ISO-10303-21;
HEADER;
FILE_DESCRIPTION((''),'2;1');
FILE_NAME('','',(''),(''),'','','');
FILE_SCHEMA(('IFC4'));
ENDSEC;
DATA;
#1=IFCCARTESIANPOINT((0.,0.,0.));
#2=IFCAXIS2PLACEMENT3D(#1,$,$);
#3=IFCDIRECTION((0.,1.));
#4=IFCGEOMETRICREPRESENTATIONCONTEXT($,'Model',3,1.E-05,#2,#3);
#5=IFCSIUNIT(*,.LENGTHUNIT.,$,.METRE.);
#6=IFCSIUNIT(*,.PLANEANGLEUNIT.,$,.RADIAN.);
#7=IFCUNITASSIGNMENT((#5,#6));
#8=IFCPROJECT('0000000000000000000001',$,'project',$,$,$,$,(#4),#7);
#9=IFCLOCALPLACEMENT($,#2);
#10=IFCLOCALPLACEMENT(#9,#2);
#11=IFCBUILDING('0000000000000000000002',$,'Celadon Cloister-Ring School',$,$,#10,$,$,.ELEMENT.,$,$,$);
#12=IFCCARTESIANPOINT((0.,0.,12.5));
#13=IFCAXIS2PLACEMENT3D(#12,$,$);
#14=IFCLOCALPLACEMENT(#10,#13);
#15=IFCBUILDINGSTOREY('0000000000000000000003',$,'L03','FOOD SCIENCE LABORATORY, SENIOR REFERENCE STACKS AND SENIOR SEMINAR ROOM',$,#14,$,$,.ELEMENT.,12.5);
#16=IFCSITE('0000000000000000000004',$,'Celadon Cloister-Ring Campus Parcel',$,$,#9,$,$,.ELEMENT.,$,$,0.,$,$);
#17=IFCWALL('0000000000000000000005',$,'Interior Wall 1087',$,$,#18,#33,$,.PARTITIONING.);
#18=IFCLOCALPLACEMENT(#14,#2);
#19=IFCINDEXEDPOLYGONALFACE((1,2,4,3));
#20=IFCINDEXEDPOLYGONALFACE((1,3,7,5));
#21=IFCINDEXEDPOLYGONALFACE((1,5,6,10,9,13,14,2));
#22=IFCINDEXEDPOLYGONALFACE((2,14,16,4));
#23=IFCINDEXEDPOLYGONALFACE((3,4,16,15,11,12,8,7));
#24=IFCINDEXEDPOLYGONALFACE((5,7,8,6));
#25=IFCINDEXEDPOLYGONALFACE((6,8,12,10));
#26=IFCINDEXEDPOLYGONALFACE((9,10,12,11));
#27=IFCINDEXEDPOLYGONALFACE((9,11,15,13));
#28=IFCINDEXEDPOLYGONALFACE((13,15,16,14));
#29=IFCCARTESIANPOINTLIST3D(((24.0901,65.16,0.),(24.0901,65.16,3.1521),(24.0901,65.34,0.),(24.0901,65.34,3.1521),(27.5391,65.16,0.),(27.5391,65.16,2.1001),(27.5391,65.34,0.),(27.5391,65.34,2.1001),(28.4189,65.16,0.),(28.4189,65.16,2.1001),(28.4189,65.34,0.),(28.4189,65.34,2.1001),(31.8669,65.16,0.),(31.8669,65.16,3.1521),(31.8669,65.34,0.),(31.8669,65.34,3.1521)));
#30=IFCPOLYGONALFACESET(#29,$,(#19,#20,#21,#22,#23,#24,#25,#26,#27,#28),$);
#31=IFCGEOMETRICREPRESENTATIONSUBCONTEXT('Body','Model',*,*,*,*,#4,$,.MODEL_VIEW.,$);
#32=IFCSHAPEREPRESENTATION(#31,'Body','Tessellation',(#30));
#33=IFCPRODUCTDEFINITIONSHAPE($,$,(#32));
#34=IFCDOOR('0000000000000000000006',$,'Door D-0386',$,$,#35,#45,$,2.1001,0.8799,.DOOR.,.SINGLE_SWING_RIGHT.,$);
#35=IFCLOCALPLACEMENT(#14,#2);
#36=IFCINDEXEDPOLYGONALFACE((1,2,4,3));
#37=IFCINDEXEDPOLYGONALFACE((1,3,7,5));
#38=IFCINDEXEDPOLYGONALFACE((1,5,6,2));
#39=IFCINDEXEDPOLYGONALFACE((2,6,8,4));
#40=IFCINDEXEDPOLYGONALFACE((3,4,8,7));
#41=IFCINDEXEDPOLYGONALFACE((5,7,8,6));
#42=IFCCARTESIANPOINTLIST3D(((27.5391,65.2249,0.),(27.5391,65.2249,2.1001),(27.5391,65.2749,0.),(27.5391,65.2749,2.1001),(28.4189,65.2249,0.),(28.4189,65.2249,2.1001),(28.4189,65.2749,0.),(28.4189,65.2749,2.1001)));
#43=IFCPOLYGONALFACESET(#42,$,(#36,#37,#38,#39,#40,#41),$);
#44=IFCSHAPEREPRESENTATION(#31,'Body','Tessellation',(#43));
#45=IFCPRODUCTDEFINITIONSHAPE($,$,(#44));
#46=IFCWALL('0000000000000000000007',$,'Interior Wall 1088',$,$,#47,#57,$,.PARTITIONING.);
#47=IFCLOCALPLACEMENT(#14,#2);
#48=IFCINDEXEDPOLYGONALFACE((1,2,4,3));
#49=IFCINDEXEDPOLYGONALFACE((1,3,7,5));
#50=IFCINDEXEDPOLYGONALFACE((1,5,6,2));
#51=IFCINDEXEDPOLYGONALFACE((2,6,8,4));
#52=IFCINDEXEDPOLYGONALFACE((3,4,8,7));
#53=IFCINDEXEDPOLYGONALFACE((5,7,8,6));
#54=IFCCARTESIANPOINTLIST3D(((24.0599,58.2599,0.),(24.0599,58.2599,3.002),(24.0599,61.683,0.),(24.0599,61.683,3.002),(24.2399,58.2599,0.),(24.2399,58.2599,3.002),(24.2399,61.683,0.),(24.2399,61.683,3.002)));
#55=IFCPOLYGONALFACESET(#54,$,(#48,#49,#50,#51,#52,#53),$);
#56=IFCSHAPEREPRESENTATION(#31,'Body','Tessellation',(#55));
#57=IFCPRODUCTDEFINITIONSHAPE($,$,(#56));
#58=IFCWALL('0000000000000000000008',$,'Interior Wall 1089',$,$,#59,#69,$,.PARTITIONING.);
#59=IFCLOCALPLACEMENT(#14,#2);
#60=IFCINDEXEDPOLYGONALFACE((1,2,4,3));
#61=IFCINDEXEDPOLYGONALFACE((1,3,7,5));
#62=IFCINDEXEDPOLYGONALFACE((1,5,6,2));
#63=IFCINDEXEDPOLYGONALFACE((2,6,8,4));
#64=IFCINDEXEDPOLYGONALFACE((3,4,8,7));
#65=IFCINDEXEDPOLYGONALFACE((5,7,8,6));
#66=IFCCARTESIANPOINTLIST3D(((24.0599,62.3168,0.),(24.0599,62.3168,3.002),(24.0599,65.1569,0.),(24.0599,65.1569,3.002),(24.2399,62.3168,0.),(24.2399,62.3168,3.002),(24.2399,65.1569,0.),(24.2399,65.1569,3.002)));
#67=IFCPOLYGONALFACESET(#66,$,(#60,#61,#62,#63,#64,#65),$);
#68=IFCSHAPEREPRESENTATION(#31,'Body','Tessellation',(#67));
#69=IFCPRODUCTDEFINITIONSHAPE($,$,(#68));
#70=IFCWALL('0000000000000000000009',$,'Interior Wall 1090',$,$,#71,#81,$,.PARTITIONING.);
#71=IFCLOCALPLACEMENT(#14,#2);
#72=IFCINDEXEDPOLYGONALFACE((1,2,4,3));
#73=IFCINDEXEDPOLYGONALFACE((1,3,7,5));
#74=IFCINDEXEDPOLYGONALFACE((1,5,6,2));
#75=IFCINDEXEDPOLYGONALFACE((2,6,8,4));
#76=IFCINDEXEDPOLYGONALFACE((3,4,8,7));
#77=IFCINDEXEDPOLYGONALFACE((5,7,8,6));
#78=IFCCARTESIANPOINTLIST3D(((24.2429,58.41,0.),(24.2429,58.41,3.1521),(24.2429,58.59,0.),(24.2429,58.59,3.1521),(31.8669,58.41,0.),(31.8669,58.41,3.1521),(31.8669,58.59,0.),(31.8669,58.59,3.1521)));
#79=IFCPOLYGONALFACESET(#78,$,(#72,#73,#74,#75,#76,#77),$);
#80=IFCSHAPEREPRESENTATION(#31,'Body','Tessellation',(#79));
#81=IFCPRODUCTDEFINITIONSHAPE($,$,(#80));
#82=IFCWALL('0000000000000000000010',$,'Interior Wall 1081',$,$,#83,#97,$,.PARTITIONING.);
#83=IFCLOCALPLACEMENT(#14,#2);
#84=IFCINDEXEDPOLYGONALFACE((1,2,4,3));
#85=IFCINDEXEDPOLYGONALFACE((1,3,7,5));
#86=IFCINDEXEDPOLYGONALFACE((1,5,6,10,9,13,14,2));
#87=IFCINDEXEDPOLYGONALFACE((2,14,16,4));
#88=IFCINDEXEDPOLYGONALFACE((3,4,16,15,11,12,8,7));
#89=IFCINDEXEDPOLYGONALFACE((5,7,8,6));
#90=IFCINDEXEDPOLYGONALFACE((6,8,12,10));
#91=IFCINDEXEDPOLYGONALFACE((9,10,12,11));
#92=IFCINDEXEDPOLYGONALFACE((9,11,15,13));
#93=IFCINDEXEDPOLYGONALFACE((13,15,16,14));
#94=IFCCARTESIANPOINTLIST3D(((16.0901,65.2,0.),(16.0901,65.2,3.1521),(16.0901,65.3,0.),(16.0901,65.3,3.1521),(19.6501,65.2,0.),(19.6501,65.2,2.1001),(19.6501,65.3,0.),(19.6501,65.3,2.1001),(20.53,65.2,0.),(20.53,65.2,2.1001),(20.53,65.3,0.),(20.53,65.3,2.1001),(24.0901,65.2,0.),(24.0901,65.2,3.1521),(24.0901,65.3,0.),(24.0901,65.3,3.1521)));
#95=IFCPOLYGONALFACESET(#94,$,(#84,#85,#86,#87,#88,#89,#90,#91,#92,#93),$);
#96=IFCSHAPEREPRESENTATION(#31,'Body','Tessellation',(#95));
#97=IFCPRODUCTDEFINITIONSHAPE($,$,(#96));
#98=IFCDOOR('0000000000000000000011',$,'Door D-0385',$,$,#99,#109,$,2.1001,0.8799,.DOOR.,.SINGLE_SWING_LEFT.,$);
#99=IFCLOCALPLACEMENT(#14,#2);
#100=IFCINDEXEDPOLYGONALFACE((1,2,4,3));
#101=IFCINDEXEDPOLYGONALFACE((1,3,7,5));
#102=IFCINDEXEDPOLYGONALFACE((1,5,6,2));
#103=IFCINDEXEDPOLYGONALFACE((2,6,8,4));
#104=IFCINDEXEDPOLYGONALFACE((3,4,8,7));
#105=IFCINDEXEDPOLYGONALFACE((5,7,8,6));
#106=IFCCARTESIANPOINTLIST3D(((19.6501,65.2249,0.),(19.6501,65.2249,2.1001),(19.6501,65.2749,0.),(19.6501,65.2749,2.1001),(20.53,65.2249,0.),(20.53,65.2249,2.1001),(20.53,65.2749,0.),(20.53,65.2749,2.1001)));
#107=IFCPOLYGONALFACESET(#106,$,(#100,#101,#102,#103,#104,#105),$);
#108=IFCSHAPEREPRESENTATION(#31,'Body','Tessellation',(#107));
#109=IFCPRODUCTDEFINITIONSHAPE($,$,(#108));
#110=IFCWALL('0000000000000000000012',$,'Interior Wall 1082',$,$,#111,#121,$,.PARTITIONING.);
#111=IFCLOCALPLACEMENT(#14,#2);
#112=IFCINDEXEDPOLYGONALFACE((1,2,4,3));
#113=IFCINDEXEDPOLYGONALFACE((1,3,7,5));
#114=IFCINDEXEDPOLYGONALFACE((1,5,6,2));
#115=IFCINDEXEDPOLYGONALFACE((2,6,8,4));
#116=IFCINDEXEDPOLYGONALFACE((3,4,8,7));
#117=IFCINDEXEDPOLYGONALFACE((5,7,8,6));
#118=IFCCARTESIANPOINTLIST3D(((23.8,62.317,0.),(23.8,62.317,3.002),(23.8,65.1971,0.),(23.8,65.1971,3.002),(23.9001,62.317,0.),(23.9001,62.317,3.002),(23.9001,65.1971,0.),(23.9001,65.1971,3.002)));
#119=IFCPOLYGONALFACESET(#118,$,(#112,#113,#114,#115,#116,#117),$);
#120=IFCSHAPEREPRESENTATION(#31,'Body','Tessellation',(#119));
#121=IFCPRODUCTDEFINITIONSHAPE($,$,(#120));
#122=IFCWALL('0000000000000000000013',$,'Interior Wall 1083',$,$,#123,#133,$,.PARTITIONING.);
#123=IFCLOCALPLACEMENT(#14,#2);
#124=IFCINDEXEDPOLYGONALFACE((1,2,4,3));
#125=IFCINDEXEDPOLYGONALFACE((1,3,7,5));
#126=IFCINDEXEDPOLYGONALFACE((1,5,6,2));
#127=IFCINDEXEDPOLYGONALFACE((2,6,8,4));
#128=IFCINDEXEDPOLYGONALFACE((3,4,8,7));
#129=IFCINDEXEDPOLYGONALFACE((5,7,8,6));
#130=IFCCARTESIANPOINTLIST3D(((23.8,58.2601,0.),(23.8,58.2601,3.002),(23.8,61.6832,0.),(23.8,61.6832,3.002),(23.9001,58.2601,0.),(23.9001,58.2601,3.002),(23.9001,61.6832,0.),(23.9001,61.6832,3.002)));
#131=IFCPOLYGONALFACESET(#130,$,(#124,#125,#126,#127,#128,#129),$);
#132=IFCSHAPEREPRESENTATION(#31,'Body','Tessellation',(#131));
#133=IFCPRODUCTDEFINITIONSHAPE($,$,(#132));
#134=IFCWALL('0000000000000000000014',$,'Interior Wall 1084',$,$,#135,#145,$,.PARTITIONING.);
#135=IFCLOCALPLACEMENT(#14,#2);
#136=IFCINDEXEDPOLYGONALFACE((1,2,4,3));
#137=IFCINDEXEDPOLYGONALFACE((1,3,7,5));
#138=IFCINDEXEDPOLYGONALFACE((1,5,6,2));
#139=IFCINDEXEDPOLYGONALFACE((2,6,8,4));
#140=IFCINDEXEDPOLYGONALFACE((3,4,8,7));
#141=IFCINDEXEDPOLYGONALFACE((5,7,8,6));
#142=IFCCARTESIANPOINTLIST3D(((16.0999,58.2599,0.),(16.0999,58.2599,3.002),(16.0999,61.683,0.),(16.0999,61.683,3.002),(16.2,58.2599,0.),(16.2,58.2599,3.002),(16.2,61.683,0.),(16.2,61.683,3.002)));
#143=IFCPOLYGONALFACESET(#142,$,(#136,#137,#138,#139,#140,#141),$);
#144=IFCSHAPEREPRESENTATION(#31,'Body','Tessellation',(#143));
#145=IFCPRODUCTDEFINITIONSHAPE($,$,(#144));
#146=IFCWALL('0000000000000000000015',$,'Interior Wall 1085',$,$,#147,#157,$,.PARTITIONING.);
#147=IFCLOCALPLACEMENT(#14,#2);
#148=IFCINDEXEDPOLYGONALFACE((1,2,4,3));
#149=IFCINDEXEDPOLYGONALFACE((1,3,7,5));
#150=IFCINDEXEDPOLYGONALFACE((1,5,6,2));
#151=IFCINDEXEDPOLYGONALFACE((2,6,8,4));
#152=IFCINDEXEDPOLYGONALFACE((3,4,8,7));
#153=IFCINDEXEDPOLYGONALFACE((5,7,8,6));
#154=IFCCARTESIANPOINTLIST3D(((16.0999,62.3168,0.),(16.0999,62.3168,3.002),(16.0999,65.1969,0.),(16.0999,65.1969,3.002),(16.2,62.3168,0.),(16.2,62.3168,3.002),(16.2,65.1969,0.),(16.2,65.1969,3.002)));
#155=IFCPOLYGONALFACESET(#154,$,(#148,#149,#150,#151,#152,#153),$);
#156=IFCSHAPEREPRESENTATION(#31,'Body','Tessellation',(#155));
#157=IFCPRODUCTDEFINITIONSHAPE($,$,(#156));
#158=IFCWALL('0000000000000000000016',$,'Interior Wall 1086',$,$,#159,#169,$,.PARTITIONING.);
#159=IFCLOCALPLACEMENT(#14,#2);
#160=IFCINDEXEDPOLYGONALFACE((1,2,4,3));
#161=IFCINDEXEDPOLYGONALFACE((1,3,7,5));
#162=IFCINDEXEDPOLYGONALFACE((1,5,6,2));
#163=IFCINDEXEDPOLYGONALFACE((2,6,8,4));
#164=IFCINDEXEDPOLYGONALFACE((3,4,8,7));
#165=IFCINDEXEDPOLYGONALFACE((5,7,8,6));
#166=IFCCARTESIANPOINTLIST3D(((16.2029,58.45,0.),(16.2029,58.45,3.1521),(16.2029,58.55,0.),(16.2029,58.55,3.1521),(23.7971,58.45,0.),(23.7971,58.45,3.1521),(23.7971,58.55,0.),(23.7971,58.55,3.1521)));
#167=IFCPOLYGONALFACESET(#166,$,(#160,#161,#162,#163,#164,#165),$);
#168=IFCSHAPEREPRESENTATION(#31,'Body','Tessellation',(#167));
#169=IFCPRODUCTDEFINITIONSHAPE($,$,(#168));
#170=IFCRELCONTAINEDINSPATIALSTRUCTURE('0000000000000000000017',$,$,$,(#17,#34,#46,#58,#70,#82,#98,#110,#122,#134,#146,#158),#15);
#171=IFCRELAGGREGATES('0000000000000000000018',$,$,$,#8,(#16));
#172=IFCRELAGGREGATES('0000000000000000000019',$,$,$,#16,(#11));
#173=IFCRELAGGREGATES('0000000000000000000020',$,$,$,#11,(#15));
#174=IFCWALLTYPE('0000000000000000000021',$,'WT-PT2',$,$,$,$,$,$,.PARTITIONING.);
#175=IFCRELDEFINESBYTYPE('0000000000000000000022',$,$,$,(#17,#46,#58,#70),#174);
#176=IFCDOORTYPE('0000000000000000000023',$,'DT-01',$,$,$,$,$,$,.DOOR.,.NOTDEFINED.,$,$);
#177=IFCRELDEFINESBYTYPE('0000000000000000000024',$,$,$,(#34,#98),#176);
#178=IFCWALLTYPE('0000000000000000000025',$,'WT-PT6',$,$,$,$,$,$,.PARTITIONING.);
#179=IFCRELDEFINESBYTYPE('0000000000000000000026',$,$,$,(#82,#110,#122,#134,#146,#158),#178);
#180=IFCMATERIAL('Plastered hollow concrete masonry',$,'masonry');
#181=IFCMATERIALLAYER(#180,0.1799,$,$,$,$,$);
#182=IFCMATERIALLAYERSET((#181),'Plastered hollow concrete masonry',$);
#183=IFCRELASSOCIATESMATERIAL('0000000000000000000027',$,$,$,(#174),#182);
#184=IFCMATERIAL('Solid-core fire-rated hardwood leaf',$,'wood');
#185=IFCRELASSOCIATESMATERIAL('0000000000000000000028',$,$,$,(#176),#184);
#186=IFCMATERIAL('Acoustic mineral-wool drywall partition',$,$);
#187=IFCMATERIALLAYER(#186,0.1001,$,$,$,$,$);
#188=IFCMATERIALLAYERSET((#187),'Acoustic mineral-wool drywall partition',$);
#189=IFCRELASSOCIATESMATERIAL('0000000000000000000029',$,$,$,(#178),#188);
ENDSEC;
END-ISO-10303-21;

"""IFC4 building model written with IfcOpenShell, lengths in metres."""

from ifc_helpers import new_model, si_unit, direction, frame, frame_2d, origin, place, context, subcontext, project, spatial, rectangle, extrude, material, layer, layer_set, type_object, element, fill, save


model = new_model("IFC4")

# Units and contexts
model_context = context("Model", 3, precision=1e-05, world=origin(), true_north=direction((0.0, 1.0)))
body_context = subcontext(model_context, "Body", "Model", "MODEL_VIEW")
ifc_project = project(units=[si_unit("LENGTHUNIT", "METRE"), si_unit("PLANEANGLEUNIT", "RADIAN")], contexts=[model_context])

# Site, building, storey
site_placement = place(None, origin())
site = spatial("IfcSite", under=ifc_project, at=site_placement, Name="Celadon Cloister-Ring Campus Parcel", CompositionType="ELEMENT", RefElevation=0.0)
building_placement = place(site_placement, origin())
building = spatial("IfcBuilding", under=site, at=building_placement, Name="Celadon Cloister-Ring School", CompositionType="ELEMENT")
storey_placement = place(building_placement, frame((0.0, 0.0, 12.5)))
storey = spatial("IfcBuildingStorey", under=building, at=storey_placement, Name="L03", Description="FOOD SCIENCE LABORATORY, SENIOR REFERENCE STACKS AND SENIOR SEMINAR ROOM", CompositionType="ELEMENT", Elevation=12.5)

# Wall, opening, door
ifc_material_1 = material(Name="Plastered hollow concrete masonry", Category="masonry")
ifc_layer_1 = layer(ifc_material_1, 0.1799)
ifc_layer_set_1 = layer_set([ifc_layer_1], Name="Plastered hollow concrete masonry")
wall_type_1 = type_object("IfcWallType", Name="WT-PT2", PredefinedType="PARTITIONING", material=ifc_layer_set_1)
wall_1_placement = place(storey_placement, frame((24.0901, 65.25, 0.0), z_axis=(0.0, 0.0, 1.0), x_axis=(1.0, 0.0, 0.0)))
wall_1 = element("IfcWall", 1, at=wall_1_placement, inside=storey, type_object=wall_type_1, Name="Interior Wall 1087", PredefinedType="PARTITIONING", context=body_context, shape_type="SweptSolid", body=[
    extrude(rectangle(XDim=7.7769, YDim=0.1799, at=frame_2d((3.8884, 0.0))), origin(), (0.0, 0.0, 1.0), 3.1521),
])
opening_1_placement = place(wall_1_placement, frame((3.449, 0.0, 0.0)))
opening_1 = element("IfcOpeningElement", 2, at=opening_1_placement, cuts=wall_1, PredefinedType="OPENING", context=body_context, shape_type="SweptSolid", body=[
    extrude(rectangle(XDim=0.8799, YDim=2.1001, at=frame_2d((0.4399, 1.05))), frame((0.0, 0.1001, 0.0), z_axis=(0.0, -1.0, 0.0), x_axis=(1.0, 0.0, 0.0)), (0.0, 0.0, 1.0), 0.2),
])
ifc_material_2 = material(Name="Solid-core fire-rated hardwood leaf", Category="wood")
door_type = type_object("IfcDoorType", Name="DT-01", OperationType="NOTDEFINED", PredefinedType="DOOR", material=ifc_material_2)
door_1_placement = place(opening_1_placement, origin())
door_1 = element("IfcDoor", 3, at=door_1_placement, inside=storey, type_object=door_type, Name="Door D-0386", OperationType="SINGLE_SWING_RIGHT", OverallHeight=2.1001, OverallWidth=0.8799, PredefinedType="DOOR", context=body_context, shape_type="SweptSolid", body=[
    extrude(rectangle(XDim=0.8799, YDim=2.1001, at=frame_2d((0.4399, 1.05))), frame((0.0, 0.0249, 0.0), z_axis=(0.0, -1.0, 0.0), x_axis=(1.0, 0.0, 0.0)), (0.0, 0.0, 1.0), 0.05),
])
fill(opening_1, door_1)

# Walls
wall_2_placement = place(storey_placement, frame((24.1499, 58.26, 0.0), z_axis=(0.0, 0.0, 1.0), x_axis=(0.0, 1.0, 0.0)))
element("IfcWall", 4, at=wall_2_placement, inside=storey, type_object=wall_type_1, Name="Interior Wall 1088", PredefinedType="PARTITIONING", context=body_context, shape_type="SweptSolid", body=[
    extrude(rectangle(XDim=3.4231, YDim=0.1799, at=frame_2d((1.7114, 0.0))), origin(), (0.0, 0.0, 1.0), 3.002),
])
wall_3_placement = place(storey_placement, frame((24.1499, 62.3169, 0.0), z_axis=(0.0, 0.0, 1.0), x_axis=(0.0, 1.0, 0.0)))
element("IfcWall", 5, at=wall_3_placement, inside=storey, type_object=wall_type_1, Name="Interior Wall 1089", PredefinedType="PARTITIONING", context=body_context, shape_type="SweptSolid", body=[
    extrude(rectangle(XDim=2.8401, YDim=0.1799, at=frame_2d((1.4199, 0.0))), origin(), (0.0, 0.0, 1.0), 3.002),
])
wall_4_placement = place(storey_placement, frame((31.8669, 58.5, 0.0), z_axis=(0.0, 0.0, 1.0), x_axis=(-1.0, 0.0, 0.0)))
element("IfcWall", 6, at=wall_4_placement, inside=storey, type_object=wall_type_1, Name="Interior Wall 1090", PredefinedType="PARTITIONING", context=body_context, shape_type="SweptSolid", body=[
    extrude(rectangle(XDim=7.624, YDim=0.1799, at=frame_2d((3.812, 0.0))), origin(), (0.0, 0.0, 1.0), 3.1521),
])

# Wall, opening, door
ifc_material_3 = material(Name="Acoustic mineral-wool drywall partition")
ifc_layer_2 = layer(ifc_material_3, 0.1001)
ifc_layer_set_2 = layer_set([ifc_layer_2], Name="Acoustic mineral-wool drywall partition")
wall_type_2 = type_object("IfcWallType", Name="WT-PT6", PredefinedType="PARTITIONING", material=ifc_layer_set_2)
wall_5_placement = place(storey_placement, frame((16.0901, 65.25, 0.0), z_axis=(0.0, 0.0, 1.0), x_axis=(1.0, 0.0, 0.0)))
wall_5 = element("IfcWall", 7, at=wall_5_placement, inside=storey, type_object=wall_type_2, Name="Interior Wall 1081", PredefinedType="PARTITIONING", context=body_context, shape_type="SweptSolid", body=[
    extrude(rectangle(XDim=8.0, YDim=0.1001, at=frame_2d((4.0, 0.0))), origin(), (0.0, 0.0, 1.0), 3.1521),
])
opening_2_placement = place(wall_5_placement, frame((3.5601, 0.0, 0.0)))
opening_2 = element("IfcOpeningElement", 8, at=opening_2_placement, cuts=wall_5, PredefinedType="OPENING", context=body_context, shape_type="SweptSolid", body=[
    extrude(rectangle(XDim=0.8799, YDim=2.1001, at=frame_2d((0.4399, 1.05))), frame((0.0, 0.0601, 0.0), z_axis=(0.0, -1.0, 0.0), x_axis=(1.0, 0.0, 0.0)), (0.0, 0.0, 1.0), 0.1201),
])
door_2_placement = place(opening_2_placement, origin())
door_2 = element("IfcDoor", 9, at=door_2_placement, inside=storey, type_object=door_type, Name="Door D-0385", OperationType="SINGLE_SWING_LEFT", OverallHeight=2.1001, OverallWidth=0.8799, PredefinedType="DOOR", context=body_context, shape_type="SweptSolid", body=[
    extrude(rectangle(XDim=0.8799, YDim=2.1001, at=frame_2d((0.4399, 1.05))), frame((0.0, 0.0249, 0.0), z_axis=(0.0, -1.0, 0.0), x_axis=(1.0, 0.0, 0.0)), (0.0, 0.0, 1.0), 0.05),
])
fill(opening_2, door_2)

# Walls
wall_6_placement = place(storey_placement, frame((23.8501, 65.197, 0.0), z_axis=(0.0, 0.0, 1.0), x_axis=(0.0, -1.0, 0.0)))
element("IfcWall", 10, at=wall_6_placement, inside=storey, type_object=wall_type_2, Name="Interior Wall 1082", PredefinedType="PARTITIONING", context=body_context, shape_type="SweptSolid", body=[
    extrude(rectangle(XDim=2.8801, YDim=0.1001, at=frame_2d((1.4399, 0.0))), origin(), (0.0, 0.0, 1.0), 3.002),
])
for number, where, z_axis, x_axis, name in (
    (11, (23.8501, 61.6831, 0.0), (0.0, 0.0, 1.0), (0.0, -1.0, 0.0), "Interior Wall 1083"),
    (12, (16.1499, 58.26, 0.0), (0.0, 0.0, 1.0), (0.0, 1.0, 0.0), "Interior Wall 1084"),
):
    element("IfcWall", number, at=place(storey_placement, frame(where, z_axis=z_axis, x_axis=x_axis)), inside=storey, type_object=wall_type_2, Name=name, PredefinedType="PARTITIONING", context=body_context, shape_type="SweptSolid", body=[
        extrude(rectangle(XDim=3.4231, YDim=0.1001, at=frame_2d((1.7114, 0.0))), origin(), (0.0, 0.0, 1.0), 3.002),
    ])
wall_7_placement = place(storey_placement, frame((16.1499, 62.3169, 0.0), z_axis=(0.0, 0.0, 1.0), x_axis=(0.0, 1.0, 0.0)))
element("IfcWall", 13, at=wall_7_placement, inside=storey, type_object=wall_type_2, Name="Interior Wall 1085", PredefinedType="PARTITIONING", context=body_context, shape_type="SweptSolid", body=[
    extrude(rectangle(XDim=2.8801, YDim=0.1001, at=frame_2d((1.4399, 0.0))), origin(), (0.0, 0.0, 1.0), 3.002),
])
wall_8_placement = place(storey_placement, frame((23.7971, 58.5, 0.0), z_axis=(0.0, 0.0, 1.0), x_axis=(-1.0, 0.0, 0.0)))
element("IfcWall", 14, at=wall_8_placement, inside=storey, type_object=wall_type_2, Name="Interior Wall 1086", PredefinedType="PARTITIONING", context=body_context, shape_type="SweptSolid", body=[
    extrude(rectangle(XDim=7.5942, YDim=0.1001, at=frame_2d((3.7971, 0.0))), origin(), (0.0, 0.0, 1.0), 3.1521),
])

save(model, "model.ifc")
